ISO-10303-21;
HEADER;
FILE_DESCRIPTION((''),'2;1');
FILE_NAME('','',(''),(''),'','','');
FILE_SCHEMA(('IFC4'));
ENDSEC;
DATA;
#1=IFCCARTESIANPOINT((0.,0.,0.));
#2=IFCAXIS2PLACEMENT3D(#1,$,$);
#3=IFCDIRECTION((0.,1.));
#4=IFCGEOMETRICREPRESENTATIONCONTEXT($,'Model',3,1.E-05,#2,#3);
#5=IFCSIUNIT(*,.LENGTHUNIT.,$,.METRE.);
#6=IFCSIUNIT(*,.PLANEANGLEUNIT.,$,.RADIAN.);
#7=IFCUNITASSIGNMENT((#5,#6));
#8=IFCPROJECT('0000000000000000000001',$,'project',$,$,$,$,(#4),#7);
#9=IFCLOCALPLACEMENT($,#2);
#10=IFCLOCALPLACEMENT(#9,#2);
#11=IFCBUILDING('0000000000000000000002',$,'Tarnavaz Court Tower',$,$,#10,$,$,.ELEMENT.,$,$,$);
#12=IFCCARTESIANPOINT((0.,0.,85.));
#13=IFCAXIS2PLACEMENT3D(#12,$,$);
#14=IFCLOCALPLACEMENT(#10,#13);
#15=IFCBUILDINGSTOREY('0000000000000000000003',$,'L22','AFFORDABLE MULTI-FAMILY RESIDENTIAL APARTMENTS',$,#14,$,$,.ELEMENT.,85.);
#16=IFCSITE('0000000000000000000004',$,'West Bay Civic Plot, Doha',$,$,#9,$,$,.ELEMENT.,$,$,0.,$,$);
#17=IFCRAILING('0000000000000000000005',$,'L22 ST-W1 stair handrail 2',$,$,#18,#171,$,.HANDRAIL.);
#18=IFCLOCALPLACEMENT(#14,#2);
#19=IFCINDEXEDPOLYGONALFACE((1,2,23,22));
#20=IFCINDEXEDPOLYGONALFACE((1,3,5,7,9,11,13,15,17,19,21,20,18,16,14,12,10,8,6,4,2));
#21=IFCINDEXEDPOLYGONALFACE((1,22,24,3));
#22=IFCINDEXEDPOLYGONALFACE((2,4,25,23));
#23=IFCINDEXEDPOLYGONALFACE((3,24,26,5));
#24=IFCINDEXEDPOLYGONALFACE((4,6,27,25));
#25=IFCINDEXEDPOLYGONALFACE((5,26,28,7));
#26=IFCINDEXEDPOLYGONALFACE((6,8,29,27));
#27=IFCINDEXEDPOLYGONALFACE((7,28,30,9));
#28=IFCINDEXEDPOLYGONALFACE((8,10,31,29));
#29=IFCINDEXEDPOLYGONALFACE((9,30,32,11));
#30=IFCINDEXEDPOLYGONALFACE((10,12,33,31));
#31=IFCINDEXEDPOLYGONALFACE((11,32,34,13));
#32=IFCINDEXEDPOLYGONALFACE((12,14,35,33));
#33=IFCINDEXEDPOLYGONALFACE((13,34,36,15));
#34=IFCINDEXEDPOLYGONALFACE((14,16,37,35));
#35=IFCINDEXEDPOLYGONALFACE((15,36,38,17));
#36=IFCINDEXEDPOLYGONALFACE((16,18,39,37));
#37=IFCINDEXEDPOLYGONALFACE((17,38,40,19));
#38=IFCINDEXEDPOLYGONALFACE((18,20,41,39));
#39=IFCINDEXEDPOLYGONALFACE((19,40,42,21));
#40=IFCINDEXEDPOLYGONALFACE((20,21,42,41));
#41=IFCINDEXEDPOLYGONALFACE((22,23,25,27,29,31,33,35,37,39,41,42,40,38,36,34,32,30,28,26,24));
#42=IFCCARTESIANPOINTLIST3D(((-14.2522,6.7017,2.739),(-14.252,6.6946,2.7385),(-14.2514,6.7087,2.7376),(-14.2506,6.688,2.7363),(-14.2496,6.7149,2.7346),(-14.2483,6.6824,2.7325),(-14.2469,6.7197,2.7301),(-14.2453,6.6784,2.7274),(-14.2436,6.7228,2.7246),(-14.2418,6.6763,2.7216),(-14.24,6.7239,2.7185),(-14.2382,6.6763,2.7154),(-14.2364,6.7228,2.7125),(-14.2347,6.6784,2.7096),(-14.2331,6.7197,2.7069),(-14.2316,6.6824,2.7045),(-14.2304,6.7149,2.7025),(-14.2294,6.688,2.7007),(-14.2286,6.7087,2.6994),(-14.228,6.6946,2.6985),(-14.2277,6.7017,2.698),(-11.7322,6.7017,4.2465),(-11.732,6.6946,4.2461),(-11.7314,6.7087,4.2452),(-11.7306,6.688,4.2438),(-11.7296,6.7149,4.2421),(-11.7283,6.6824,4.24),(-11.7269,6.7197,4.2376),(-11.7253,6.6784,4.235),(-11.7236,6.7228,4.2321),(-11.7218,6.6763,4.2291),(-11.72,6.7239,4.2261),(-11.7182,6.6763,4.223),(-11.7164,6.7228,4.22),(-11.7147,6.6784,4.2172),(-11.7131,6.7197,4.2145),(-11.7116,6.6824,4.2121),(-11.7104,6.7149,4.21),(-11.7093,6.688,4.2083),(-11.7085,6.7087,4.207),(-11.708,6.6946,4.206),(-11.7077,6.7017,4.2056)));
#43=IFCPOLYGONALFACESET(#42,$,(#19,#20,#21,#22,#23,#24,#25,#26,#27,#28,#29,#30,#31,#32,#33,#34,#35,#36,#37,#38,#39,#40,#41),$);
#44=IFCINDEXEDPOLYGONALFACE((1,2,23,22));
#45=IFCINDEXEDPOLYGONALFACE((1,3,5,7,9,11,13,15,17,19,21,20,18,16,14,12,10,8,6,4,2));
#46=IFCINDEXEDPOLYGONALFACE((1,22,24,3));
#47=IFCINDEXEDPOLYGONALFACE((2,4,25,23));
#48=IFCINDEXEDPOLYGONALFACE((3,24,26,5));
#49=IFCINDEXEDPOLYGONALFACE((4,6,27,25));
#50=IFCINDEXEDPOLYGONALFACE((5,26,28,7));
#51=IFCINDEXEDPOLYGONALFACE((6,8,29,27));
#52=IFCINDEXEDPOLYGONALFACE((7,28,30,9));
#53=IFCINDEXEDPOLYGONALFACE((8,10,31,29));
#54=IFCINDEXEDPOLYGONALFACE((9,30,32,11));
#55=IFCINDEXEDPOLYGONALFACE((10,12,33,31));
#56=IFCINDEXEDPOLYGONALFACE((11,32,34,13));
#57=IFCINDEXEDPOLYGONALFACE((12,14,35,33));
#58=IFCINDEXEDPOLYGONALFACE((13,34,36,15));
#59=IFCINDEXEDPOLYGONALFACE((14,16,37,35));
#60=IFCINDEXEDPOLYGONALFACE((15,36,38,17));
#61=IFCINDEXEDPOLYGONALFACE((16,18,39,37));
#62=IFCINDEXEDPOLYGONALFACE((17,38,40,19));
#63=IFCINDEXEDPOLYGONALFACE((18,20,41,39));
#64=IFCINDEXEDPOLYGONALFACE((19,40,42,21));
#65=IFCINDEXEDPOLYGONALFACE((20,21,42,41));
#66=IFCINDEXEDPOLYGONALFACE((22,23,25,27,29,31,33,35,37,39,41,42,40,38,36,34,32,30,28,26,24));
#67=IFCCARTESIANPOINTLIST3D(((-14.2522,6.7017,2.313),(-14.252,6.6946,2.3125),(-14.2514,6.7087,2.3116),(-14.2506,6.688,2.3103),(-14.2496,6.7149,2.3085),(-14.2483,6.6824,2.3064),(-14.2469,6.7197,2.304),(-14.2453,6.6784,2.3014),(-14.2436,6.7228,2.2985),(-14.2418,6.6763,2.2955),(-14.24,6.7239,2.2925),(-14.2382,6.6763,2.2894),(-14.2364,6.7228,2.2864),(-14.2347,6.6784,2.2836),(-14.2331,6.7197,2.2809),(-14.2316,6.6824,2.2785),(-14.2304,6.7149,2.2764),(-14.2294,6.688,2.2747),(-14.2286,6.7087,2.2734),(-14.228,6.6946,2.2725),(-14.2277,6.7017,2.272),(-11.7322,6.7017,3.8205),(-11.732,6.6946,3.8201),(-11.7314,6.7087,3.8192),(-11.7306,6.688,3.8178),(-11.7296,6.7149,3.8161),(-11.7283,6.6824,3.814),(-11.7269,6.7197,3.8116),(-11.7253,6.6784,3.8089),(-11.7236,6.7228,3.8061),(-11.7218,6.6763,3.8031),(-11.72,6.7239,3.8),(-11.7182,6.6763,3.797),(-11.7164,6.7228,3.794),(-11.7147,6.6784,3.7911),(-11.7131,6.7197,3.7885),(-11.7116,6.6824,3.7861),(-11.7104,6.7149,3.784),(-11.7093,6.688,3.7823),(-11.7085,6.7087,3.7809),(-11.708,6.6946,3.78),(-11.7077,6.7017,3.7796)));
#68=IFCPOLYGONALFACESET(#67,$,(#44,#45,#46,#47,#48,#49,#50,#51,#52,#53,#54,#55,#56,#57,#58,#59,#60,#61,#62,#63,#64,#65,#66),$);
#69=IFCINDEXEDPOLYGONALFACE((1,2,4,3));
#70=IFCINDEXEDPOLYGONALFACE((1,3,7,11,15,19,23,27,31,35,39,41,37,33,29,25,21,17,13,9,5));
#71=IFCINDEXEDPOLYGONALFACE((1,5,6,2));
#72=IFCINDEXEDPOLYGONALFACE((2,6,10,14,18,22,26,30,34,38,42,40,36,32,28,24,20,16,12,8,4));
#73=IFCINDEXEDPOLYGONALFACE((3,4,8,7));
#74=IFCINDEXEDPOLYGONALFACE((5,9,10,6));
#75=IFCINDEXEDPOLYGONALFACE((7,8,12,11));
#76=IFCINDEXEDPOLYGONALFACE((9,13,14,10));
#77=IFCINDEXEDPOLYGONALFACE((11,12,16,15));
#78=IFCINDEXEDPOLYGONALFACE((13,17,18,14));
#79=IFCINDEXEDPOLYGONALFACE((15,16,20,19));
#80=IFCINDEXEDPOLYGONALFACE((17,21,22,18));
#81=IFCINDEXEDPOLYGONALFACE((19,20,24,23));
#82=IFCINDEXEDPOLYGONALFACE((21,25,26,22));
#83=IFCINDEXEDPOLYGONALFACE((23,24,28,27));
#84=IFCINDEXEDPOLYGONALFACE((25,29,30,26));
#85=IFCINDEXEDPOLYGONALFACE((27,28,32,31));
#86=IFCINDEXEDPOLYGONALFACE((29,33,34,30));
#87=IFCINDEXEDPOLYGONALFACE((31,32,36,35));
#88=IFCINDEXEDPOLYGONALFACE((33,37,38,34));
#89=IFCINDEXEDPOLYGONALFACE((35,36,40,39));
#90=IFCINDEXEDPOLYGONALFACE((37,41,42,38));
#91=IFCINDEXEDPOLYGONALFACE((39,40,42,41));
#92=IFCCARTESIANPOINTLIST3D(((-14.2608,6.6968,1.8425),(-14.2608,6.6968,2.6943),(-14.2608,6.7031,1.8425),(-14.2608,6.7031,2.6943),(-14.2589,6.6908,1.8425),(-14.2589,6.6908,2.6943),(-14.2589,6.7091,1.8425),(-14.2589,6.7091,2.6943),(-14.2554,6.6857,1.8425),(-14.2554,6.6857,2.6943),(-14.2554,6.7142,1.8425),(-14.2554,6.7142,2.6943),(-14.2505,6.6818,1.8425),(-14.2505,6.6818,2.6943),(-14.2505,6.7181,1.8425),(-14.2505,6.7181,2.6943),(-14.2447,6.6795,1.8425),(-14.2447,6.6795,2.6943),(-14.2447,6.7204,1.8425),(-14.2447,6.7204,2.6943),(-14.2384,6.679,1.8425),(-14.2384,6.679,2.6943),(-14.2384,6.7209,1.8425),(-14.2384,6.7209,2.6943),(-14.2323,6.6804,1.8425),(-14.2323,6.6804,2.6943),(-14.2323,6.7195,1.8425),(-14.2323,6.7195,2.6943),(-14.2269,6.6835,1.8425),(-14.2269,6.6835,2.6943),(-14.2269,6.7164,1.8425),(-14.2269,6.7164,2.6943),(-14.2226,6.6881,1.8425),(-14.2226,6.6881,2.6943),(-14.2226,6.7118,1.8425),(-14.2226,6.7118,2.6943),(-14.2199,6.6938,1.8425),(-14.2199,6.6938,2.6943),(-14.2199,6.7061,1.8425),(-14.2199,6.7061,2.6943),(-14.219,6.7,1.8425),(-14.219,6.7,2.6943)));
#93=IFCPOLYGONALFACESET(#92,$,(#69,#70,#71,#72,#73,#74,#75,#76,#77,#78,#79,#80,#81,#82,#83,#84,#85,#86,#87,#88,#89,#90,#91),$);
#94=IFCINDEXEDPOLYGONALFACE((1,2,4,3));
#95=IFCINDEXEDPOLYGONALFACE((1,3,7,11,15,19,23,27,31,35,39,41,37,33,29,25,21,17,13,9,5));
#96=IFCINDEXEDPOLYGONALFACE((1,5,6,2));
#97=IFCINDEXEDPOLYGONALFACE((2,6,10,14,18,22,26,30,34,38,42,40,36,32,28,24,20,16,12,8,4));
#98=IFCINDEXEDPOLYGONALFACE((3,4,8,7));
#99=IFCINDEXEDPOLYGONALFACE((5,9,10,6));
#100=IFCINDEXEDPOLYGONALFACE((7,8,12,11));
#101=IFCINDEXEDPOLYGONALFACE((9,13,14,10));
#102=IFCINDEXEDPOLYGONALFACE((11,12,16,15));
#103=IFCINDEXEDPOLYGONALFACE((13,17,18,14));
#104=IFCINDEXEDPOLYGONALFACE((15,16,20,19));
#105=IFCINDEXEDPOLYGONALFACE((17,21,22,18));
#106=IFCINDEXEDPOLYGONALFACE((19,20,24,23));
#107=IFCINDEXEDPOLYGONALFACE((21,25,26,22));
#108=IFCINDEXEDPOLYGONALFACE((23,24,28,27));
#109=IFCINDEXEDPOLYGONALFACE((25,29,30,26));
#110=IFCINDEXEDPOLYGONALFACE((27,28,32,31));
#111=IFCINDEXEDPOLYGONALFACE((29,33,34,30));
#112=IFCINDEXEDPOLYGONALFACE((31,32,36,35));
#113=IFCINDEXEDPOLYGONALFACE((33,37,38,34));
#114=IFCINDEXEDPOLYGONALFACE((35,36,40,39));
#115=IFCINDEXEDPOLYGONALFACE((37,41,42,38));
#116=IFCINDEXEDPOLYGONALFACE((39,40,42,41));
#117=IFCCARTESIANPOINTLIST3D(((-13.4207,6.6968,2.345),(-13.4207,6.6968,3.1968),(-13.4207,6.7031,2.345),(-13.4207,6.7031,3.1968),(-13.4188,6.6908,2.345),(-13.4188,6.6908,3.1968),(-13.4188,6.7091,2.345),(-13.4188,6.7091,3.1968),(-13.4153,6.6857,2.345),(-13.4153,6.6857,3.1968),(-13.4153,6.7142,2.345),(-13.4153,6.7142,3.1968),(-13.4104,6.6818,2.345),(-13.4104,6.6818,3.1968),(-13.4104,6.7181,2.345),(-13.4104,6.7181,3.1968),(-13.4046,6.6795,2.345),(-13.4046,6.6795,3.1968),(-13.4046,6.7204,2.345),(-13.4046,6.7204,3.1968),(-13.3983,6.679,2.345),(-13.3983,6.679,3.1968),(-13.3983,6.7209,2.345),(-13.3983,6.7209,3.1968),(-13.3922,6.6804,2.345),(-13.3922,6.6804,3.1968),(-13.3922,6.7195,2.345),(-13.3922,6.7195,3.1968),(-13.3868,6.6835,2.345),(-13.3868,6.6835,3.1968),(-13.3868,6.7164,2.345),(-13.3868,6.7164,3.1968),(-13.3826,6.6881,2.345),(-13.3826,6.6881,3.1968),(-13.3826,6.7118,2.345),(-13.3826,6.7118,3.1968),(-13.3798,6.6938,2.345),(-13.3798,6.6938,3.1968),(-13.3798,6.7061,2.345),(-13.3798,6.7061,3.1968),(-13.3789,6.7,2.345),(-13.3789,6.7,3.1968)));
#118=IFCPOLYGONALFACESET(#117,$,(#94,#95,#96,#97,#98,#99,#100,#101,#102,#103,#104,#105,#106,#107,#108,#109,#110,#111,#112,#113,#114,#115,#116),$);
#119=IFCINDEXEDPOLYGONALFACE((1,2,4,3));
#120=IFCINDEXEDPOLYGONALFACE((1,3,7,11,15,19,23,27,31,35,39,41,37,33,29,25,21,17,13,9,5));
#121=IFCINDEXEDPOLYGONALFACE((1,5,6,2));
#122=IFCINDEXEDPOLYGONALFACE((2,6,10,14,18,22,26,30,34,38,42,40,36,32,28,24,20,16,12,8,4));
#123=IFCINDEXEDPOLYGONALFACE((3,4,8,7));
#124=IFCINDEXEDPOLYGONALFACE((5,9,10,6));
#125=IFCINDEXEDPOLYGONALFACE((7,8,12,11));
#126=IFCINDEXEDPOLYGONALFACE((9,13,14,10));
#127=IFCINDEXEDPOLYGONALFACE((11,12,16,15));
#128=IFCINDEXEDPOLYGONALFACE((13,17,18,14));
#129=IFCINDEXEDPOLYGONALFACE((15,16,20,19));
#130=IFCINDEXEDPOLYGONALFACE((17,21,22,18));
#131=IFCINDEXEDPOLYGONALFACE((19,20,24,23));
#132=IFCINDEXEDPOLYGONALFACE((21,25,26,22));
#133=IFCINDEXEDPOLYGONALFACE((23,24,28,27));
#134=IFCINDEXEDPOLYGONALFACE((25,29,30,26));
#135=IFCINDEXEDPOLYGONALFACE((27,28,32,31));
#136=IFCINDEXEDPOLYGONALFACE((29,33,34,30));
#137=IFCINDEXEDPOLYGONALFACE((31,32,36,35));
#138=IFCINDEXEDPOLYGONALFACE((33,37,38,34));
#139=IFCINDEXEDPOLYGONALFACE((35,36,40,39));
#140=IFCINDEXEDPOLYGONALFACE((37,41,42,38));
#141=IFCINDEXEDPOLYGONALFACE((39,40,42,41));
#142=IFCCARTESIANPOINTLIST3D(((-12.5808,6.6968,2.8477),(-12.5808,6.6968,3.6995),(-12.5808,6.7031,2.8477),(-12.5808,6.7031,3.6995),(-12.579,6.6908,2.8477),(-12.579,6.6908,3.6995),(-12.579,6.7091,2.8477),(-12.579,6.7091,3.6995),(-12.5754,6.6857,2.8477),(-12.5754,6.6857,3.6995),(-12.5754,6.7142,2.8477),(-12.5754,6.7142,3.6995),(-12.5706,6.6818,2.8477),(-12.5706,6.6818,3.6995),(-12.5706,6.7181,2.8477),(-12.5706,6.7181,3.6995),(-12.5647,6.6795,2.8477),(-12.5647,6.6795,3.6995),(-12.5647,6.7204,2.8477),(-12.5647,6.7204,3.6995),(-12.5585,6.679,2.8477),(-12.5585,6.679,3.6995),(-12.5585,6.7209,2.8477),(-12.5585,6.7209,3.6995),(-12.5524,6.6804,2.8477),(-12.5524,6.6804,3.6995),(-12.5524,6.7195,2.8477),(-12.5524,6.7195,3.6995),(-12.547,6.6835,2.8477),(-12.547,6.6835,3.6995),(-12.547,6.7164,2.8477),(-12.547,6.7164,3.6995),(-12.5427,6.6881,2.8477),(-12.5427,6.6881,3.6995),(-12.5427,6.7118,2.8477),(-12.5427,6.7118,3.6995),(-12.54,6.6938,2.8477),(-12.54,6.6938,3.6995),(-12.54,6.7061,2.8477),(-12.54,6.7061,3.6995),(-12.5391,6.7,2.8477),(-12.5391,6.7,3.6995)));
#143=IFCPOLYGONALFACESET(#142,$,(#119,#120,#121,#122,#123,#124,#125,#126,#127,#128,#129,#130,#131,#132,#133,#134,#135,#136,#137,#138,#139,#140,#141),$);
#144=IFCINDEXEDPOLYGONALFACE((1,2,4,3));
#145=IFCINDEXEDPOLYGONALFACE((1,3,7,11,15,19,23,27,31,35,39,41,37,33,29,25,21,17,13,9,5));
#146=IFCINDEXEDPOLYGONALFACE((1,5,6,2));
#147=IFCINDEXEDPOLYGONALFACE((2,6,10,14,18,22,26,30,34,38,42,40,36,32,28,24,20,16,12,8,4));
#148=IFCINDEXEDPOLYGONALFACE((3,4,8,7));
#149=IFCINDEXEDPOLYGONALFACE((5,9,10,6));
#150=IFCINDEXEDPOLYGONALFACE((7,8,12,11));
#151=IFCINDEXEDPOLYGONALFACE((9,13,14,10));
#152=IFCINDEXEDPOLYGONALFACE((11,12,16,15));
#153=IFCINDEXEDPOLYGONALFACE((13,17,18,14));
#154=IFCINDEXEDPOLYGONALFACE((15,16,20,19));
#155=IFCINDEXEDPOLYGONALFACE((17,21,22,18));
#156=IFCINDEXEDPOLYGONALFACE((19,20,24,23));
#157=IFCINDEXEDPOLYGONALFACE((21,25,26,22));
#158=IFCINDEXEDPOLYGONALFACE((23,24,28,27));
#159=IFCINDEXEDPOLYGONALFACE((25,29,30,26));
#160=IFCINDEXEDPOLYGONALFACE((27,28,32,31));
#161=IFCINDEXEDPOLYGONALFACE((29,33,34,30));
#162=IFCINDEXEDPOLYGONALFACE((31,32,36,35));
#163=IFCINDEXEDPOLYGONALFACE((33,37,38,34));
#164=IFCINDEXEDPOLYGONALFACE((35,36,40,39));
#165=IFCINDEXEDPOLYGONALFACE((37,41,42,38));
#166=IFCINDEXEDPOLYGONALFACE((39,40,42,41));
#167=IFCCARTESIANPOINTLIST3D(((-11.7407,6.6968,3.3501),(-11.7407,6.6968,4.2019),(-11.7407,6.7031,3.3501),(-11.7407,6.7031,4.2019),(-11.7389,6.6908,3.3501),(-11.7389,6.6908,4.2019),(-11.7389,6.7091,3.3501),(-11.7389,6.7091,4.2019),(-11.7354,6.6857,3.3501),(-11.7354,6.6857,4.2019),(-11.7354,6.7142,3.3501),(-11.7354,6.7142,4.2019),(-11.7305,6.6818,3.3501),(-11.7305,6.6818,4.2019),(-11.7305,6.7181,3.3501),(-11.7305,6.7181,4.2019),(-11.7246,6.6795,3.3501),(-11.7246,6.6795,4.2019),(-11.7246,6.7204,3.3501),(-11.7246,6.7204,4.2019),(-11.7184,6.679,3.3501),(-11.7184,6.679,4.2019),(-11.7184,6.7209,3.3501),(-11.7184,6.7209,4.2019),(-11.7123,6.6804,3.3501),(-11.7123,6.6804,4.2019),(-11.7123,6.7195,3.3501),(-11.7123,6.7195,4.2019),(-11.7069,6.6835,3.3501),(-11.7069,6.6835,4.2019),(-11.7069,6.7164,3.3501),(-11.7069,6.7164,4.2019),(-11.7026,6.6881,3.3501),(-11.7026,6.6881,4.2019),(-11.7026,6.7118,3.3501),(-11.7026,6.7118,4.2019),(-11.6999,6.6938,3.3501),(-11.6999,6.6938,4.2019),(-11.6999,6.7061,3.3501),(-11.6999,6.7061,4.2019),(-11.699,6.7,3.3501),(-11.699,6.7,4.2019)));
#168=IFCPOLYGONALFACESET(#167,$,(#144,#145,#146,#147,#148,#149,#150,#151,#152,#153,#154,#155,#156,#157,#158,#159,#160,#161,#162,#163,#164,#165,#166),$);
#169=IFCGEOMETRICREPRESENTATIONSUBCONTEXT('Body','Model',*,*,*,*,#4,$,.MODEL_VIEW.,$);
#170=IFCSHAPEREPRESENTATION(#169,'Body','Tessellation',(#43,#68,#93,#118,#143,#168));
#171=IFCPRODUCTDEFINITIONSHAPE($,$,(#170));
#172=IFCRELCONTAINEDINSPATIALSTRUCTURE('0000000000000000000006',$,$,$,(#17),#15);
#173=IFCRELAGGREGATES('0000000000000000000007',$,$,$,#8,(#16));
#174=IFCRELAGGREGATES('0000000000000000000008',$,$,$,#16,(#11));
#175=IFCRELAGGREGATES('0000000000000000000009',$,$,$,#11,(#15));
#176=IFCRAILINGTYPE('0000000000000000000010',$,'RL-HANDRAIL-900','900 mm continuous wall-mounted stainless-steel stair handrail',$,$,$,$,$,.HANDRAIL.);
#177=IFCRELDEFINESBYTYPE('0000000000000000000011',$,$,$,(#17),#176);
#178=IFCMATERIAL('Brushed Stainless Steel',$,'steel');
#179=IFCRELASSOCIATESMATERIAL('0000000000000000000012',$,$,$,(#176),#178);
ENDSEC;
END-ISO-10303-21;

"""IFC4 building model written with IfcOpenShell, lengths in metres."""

from ifc_helpers import new_model, si_unit, direction, frame, origin, origin_2d, place, context, subcontext, project, spatial, circle, extrude, material, type_object, element, save


model = new_model("IFC4")

# Units and contexts
model_context = context("Model", 3, precision=1e-05, world=origin(), true_north=direction((0.0, 1.0)))
body_context = subcontext(model_context, "Body", "Model", "MODEL_VIEW")
ifc_project = project(units=[si_unit("LENGTHUNIT", "METRE"), si_unit("PLANEANGLEUNIT", "RADIAN")], contexts=[model_context])

# Site, building, storey
site_placement = place(None, origin())
site = spatial("IfcSite", under=ifc_project, at=site_placement, Name="West Bay Civic Plot, Doha", CompositionType="ELEMENT", RefElevation=0.0)
building_placement = place(site_placement, origin())
building = spatial("IfcBuilding", under=site, at=building_placement, Name="Tarnavaz Court Tower", CompositionType="ELEMENT")
storey_placement = place(building_placement, frame((0.0, 0.0, 85.0)))
storey = spatial("IfcBuildingStorey", under=building, at=storey_placement, Name="L22", Description="AFFORDABLE MULTI-FAMILY RESIDENTIAL APARTMENTS", CompositionType="ELEMENT", Elevation=85.0)

# Railing
ifc_material_1 = material(Name="Brushed Stainless Steel", Category="steel")
railing_type_1 = type_object("IfcRailingType", Name="RL-HANDRAIL-900", Description="900 mm continuous wall-mounted stainless-steel stair handrail", PredefinedType="HANDRAIL", material=ifc_material_1)
railing_1_placement = place(storey_placement, frame((-14.24, 6.7, 1.8425)))
element("IfcRailing", 1, at=railing_1_placement, inside=storey, type_object=railing_type_1, Name="L22 ST-W1 stair handrail 2", PredefinedType="HANDRAIL", context=body_context, shape_type="SweptSolid", body=[
    extrude(circle(Radius=0.0239, at=origin_2d()), frame((0.0, 0.0, 0.876), z_axis=(0.85816, 0.0, 0.513383), x_axis=(0.0, 1.0, 0.0)), (0.0, 0.0, 1.0), 2.9365),
    extrude(circle(Radius=0.0239, at=origin_2d()), frame((0.0, 0.0, 0.45), z_axis=(0.85816, 0.0, 0.513383), x_axis=(0.0, 1.0, 0.0)), (0.0, 0.0, 1.0), 2.9365),
    extrude(circle(Radius=0.021, at=origin_2d()), origin(), (0.0, 0.0, 1.0), 0.8518),
    extrude(circle(Radius=0.021, at=origin_2d()), frame((0.8401, 0.0, 0.5024)), (0.0, 0.0, 1.0), 0.8518),
    extrude(circle(Radius=0.021, at=origin_2d()), frame((1.6799, 0.0, 1.0051)), (0.0, 0.0, 1.0), 0.8518),
    extrude(circle(Radius=0.021, at=origin_2d()), frame((2.52, 0.0, 1.5076)), (0.0, 0.0, 1.0), 0.8518),
])

save(model, "model.ifc")
